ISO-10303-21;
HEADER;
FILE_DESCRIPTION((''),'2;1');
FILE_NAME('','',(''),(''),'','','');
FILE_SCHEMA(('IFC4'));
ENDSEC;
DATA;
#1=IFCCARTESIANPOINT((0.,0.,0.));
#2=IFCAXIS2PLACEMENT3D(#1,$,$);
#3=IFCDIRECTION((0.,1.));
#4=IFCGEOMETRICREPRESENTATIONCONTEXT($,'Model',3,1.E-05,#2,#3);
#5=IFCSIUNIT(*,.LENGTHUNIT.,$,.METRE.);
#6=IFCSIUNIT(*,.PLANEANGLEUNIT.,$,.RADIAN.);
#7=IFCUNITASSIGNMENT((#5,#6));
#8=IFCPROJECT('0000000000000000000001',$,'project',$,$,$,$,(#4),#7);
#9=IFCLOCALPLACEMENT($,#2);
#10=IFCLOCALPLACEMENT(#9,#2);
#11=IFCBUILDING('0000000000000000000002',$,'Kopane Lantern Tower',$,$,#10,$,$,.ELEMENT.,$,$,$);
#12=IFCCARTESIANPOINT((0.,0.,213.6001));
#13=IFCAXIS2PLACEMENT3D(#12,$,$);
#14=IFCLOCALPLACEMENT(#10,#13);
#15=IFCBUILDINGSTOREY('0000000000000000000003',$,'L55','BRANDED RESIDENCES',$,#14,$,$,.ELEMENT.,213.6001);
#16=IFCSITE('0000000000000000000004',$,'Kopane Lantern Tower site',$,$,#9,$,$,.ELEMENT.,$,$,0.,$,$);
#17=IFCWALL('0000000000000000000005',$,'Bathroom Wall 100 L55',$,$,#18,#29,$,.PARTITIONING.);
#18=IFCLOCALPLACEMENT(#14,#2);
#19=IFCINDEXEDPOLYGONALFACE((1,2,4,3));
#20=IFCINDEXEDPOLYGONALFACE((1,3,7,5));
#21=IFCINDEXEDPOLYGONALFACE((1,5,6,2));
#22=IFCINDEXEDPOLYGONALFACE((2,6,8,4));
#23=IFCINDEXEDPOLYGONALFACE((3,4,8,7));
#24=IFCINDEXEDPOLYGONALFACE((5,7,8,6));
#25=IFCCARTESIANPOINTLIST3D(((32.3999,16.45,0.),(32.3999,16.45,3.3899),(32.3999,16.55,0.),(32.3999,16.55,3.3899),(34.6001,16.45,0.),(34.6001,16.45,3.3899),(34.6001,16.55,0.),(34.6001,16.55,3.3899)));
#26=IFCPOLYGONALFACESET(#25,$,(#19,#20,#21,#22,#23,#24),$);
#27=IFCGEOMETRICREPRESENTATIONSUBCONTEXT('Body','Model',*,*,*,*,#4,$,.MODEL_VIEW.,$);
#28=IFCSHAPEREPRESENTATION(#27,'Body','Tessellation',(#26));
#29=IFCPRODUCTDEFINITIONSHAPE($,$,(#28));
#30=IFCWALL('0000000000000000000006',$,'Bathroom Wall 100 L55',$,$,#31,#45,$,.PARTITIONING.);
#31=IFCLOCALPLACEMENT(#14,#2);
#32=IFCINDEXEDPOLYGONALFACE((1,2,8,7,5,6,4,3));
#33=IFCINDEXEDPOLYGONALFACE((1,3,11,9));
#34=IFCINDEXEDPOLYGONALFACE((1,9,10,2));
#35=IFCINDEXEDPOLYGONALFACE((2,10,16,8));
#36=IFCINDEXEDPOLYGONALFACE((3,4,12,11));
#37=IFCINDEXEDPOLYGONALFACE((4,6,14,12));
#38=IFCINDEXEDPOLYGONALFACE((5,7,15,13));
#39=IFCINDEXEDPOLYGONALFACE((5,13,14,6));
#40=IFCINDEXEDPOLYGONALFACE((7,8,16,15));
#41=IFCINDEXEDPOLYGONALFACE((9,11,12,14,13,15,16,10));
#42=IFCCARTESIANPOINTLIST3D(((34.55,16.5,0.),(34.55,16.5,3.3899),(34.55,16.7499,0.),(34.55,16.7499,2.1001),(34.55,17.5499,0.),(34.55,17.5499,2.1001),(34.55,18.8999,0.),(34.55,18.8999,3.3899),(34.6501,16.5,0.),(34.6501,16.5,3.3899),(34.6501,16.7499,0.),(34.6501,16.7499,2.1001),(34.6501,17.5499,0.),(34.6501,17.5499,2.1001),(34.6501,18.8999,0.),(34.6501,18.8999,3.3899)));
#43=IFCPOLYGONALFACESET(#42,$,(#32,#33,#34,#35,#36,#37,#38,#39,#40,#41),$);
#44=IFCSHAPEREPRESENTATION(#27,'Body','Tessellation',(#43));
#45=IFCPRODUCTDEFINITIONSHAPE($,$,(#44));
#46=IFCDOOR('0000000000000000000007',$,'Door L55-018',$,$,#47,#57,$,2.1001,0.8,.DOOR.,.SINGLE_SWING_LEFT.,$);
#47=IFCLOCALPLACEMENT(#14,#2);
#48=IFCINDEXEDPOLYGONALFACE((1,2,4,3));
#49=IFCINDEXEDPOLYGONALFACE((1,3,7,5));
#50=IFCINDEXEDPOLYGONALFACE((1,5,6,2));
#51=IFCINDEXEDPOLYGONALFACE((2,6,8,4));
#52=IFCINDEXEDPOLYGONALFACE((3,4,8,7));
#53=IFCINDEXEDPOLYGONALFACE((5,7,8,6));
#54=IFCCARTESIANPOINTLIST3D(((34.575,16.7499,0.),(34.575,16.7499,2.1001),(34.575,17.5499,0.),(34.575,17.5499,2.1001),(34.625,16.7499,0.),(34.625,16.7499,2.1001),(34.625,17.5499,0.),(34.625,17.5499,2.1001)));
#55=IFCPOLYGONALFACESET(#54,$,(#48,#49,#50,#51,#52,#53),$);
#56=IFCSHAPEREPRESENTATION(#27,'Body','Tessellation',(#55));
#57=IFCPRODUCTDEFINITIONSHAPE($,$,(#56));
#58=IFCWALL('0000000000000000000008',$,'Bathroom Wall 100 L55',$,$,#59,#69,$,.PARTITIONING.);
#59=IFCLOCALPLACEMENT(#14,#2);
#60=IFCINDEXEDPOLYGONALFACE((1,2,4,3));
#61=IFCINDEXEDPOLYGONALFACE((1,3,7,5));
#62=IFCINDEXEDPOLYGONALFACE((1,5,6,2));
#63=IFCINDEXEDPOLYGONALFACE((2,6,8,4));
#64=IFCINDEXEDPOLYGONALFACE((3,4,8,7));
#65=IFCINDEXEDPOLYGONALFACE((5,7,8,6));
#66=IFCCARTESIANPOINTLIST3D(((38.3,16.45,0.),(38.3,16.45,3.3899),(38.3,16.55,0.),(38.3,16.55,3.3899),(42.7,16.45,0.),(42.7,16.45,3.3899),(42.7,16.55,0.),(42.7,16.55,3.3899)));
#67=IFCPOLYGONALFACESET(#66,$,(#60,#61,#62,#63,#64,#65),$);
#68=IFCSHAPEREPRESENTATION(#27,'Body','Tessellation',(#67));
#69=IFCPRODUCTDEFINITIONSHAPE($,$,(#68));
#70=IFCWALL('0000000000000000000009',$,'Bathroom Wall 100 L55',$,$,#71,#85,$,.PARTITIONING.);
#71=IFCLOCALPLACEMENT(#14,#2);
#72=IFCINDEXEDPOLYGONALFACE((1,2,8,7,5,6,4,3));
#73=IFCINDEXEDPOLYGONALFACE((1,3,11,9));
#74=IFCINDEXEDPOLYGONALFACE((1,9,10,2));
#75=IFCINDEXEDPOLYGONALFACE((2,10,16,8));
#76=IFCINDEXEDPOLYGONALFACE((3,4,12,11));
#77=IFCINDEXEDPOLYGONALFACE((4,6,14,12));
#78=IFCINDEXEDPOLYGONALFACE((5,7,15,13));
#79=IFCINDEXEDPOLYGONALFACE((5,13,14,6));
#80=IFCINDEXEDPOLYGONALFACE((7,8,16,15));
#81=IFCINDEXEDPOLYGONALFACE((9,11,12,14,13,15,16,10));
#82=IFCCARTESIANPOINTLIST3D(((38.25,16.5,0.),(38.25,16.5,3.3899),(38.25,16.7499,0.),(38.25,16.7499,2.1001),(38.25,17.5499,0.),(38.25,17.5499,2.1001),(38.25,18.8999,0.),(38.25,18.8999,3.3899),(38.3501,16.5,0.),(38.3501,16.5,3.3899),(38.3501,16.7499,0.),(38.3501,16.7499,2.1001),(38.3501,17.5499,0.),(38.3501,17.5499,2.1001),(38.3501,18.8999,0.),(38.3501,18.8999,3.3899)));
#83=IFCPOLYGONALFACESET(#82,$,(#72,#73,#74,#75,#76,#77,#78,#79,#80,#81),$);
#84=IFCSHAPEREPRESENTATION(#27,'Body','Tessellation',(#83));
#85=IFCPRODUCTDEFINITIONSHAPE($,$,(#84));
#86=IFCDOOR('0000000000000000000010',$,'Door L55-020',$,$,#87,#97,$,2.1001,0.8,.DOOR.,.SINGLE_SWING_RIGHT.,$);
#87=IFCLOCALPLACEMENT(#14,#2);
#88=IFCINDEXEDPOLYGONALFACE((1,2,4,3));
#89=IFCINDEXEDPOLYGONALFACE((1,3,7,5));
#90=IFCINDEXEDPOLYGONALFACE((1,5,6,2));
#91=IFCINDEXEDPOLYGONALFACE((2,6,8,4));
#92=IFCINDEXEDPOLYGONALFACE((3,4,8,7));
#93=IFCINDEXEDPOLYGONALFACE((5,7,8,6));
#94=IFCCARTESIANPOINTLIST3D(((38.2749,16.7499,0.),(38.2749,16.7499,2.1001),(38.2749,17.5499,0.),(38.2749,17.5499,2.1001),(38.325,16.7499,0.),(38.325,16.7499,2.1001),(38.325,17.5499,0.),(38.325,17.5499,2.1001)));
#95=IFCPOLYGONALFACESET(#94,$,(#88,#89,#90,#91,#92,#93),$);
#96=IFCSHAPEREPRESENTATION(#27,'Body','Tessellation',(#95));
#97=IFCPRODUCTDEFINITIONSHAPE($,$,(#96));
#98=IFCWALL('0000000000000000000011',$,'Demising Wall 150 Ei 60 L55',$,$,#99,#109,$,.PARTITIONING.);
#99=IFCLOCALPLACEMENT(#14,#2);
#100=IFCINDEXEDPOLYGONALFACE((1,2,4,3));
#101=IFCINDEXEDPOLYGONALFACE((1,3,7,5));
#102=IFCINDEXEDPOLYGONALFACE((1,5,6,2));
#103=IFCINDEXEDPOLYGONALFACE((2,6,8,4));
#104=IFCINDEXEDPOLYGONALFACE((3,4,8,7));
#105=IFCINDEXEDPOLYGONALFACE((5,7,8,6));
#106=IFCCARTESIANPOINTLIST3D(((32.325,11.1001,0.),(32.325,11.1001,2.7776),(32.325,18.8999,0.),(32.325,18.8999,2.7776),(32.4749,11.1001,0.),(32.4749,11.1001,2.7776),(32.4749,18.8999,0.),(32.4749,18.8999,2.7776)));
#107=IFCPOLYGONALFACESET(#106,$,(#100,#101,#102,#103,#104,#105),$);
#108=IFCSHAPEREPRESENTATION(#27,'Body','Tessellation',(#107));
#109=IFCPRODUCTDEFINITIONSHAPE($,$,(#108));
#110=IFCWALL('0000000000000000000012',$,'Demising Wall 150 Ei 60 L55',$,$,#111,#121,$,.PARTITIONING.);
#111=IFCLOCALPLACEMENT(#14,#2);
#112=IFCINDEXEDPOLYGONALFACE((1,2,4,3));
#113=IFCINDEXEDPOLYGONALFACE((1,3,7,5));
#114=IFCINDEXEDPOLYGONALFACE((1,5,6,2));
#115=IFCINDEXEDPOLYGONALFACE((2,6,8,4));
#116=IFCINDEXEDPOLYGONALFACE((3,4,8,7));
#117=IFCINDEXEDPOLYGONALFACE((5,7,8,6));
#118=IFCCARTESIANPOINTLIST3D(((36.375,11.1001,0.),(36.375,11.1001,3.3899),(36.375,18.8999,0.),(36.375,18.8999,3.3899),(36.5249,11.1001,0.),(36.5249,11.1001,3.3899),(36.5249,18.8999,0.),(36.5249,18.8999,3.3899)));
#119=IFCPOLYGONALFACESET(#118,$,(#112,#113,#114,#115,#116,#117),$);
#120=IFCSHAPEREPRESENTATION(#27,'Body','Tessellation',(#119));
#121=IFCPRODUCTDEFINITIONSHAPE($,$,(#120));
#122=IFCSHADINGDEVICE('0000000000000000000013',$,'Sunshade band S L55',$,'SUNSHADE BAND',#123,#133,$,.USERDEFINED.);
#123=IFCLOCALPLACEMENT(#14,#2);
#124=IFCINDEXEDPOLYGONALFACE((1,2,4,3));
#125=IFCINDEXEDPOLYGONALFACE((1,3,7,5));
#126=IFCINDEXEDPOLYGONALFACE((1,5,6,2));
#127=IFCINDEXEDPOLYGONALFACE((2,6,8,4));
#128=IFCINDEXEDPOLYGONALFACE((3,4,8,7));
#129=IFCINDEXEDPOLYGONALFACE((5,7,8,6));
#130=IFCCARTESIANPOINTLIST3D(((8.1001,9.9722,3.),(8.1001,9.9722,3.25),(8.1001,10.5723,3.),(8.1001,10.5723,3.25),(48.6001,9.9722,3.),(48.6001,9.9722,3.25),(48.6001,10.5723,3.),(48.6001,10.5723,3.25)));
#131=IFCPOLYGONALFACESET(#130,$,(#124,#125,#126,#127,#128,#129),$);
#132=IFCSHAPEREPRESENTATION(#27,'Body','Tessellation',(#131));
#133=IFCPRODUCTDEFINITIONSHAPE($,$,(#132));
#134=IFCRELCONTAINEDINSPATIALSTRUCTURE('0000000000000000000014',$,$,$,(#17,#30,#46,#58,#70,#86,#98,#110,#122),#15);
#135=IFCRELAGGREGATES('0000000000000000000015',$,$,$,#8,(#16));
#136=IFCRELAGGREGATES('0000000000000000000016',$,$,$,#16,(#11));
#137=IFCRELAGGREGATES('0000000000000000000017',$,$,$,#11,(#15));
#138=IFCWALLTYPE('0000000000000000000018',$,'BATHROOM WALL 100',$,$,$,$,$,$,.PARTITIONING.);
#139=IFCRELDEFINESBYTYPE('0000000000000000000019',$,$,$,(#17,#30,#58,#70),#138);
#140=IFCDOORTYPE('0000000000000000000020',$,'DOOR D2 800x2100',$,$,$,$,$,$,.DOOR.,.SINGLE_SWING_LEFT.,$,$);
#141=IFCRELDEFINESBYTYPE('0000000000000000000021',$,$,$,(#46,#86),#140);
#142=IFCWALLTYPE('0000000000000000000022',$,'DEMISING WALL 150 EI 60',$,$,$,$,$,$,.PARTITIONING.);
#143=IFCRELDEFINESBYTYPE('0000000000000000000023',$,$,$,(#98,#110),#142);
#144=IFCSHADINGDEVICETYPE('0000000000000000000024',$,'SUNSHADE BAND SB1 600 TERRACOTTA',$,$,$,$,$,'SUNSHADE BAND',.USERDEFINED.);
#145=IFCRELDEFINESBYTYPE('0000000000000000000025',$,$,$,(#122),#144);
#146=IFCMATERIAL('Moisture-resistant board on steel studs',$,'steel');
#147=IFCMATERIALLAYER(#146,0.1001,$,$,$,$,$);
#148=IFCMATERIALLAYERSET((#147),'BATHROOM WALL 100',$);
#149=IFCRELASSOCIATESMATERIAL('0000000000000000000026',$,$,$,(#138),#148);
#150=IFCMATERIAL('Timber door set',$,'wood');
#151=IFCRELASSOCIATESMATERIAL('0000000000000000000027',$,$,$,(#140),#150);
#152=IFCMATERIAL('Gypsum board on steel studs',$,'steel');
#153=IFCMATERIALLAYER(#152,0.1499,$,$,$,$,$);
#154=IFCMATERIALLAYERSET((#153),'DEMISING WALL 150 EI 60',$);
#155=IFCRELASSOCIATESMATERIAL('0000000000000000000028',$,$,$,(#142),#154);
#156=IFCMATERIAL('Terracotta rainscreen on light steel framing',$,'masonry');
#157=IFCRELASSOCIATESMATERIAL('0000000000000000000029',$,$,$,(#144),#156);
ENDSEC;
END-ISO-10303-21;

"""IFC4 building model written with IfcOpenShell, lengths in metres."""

from ifc_helpers import new_model, si_unit, direction, frame, frame_2d, origin, origin_2d, place, context, subcontext, project, spatial, rectangle, extrude, material, layer, layer_set, type_object, element, fill, save


model = new_model("IFC4")

# Units and contexts
model_context = context("Model", 3, precision=1e-05, world=origin(), true_north=direction((0.0, 1.0)))
body_context = subcontext(model_context, "Body", "Model", "MODEL_VIEW")
ifc_project = project(units=[si_unit("LENGTHUNIT", "METRE"), si_unit("PLANEANGLEUNIT", "RADIAN")], contexts=[model_context])

# Site, building, storey
site_placement = place(None, origin())
site = spatial("IfcSite", under=ifc_project, at=site_placement, Name="Kopane Lantern Tower site", CompositionType="ELEMENT", RefElevation=0.0)
building_placement = place(site_placement, origin())
building = spatial("IfcBuilding", under=site, at=building_placement, Name="Kopane Lantern Tower", CompositionType="ELEMENT")
storey_placement = place(building_placement, frame((0.0, 0.0, 213.6001)))
storey = spatial("IfcBuildingStorey", under=building, at=storey_placement, Name="L55", Description="BRANDED RESIDENCES", CompositionType="ELEMENT", Elevation=213.6001)

# Shared definitions
ifc_material_1 = material(Name="Moisture-resistant board on steel studs", Category="steel")
ifc_layer_1 = layer(ifc_material_1, 0.1001)
ifc_layer_set_1 = layer_set([ifc_layer_1], Name="BATHROOM WALL 100")
wall_type_1 = type_object("IfcWallType", Name="BATHROOM WALL 100", PredefinedType="PARTITIONING", material=ifc_layer_set_1)
ifc_material_2 = material(Name="Timber door set", Category="wood")
door_type_1 = type_object("IfcDoorType", Name="DOOR D2 800x2100", OperationType="SINGLE_SWING_LEFT", PredefinedType="DOOR", material=ifc_material_2)

# Wall
wall_1_placement = place(storey_placement, frame((32.3999, 16.5, 0.0), z_axis=(0.0, 0.0, 1.0), x_axis=(1.0, 0.0, 0.0)))
element("IfcWall", 1, at=wall_1_placement, inside=storey, type_object=wall_type_1, Name="Bathroom Wall 100 L55", PredefinedType="PARTITIONING", context=body_context, shape_type="SweptSolid", body=[
    extrude(rectangle(XDim=2.2002, YDim=0.1001, at=frame_2d((1.1001, 0.0))), origin(), (0.0, 0.0, 1.0), 3.3899),
])

# Wall, opening, door
wall_2_placement = place(storey_placement, frame((34.6001, 18.8999, 0.0), z_axis=(0.0, 0.0, 1.0), x_axis=(0.0, -1.0, 0.0)))
wall_2 = element("IfcWall", 2, at=wall_2_placement, inside=storey, type_object=wall_type_1, Name="Bathroom Wall 100 L55", PredefinedType="PARTITIONING", context=body_context, shape_type="SweptSolid", body=[
    extrude(rectangle(XDim=2.3999, YDim=0.1001, at=frame_2d((1.2, 0.0))), origin(), (0.0, 0.0, 1.0), 3.3899),
])
opening_1_placement = place(wall_2_placement, frame((1.3501, 0.0, 0.0)))
opening_1 = element("IfcOpeningElement", 3, at=opening_1_placement, cuts=wall_2, PredefinedType="OPENING", context=body_context, shape_type="SweptSolid", body=[
    extrude(rectangle(XDim=0.8, YDim=2.1001, at=frame_2d((0.3999, 1.05))), frame((0.0, 0.0601, 0.0), z_axis=(0.0, -1.0, 0.0), x_axis=(1.0, 0.0, 0.0)), (0.0, 0.0, 1.0), 0.1201),
])
door_1_placement = place(opening_1_placement, origin())
door_1 = element("IfcDoor", 4, at=door_1_placement, inside=storey, type_object=door_type_1, Name="Door L55-018", OperationType="SINGLE_SWING_LEFT", OverallHeight=2.1001, OverallWidth=0.8, PredefinedType="DOOR", context=body_context, shape_type="SweptSolid", body=[
    extrude(rectangle(XDim=0.8, YDim=2.1001, at=frame_2d((0.3999, 1.05))), frame((0.0, 0.0249, 0.0), z_axis=(0.0, -1.0, 0.0), x_axis=(1.0, 0.0, 0.0)), (0.0, 0.0, 1.0), 0.05),
])
fill(opening_1, door_1)

# Wall
wall_3_placement = place(storey_placement, frame((38.3, 16.5, 0.0), z_axis=(0.0, 0.0, 1.0), x_axis=(1.0, 0.0, 0.0)))
element("IfcWall", 5, at=wall_3_placement, inside=storey, type_object=wall_type_1, Name="Bathroom Wall 100 L55", PredefinedType="PARTITIONING", context=body_context, shape_type="SweptSolid", body=[
    extrude(rectangle(XDim=4.3999, YDim=0.1001, at=frame_2d((2.2, 0.0))), origin(), (0.0, 0.0, 1.0), 3.3899),
])

# Wall, opening, door
wall_4_placement = place(storey_placement, frame((38.3, 18.8999, 0.0), z_axis=(0.0, 0.0, 1.0), x_axis=(0.0, -1.0, 0.0)))
wall_4 = element("IfcWall", 6, at=wall_4_placement, inside=storey, type_object=wall_type_1, Name="Bathroom Wall 100 L55", PredefinedType="PARTITIONING", context=body_context, shape_type="SweptSolid", body=[
    extrude(rectangle(XDim=2.3999, YDim=0.1001, at=frame_2d((1.2, 0.0))), origin(), (0.0, 0.0, 1.0), 3.3899),
])
opening_2_placement = place(wall_4_placement, frame((1.3501, 0.0, 0.0)))
opening_2 = element("IfcOpeningElement", 7, at=opening_2_placement, cuts=wall_4, PredefinedType="OPENING", context=body_context, shape_type="SweptSolid", body=[
    extrude(rectangle(XDim=0.8, YDim=2.1001, at=frame_2d((0.3999, 1.05))), frame((0.0, 0.0601, 0.0), z_axis=(0.0, -1.0, 0.0), x_axis=(1.0, 0.0, 0.0)), (0.0, 0.0, 1.0), 0.1201),
])
door_2_placement = place(opening_2_placement, origin())
door_2 = element("IfcDoor", 8, at=door_2_placement, inside=storey, type_object=door_type_1, Name="Door L55-020", OperationType="SINGLE_SWING_RIGHT", OverallHeight=2.1001, OverallWidth=0.8, PredefinedType="DOOR", context=body_context, shape_type="SweptSolid", body=[
    extrude(rectangle(XDim=0.8, YDim=2.1001, at=frame_2d((0.3999, 1.05))), frame((0.0, 0.0249, 0.0), z_axis=(0.0, -1.0, 0.0), x_axis=(1.0, 0.0, 0.0)), (0.0, 0.0, 1.0), 0.05),
])
fill(opening_2, door_2)

# Walls
ifc_material_3 = material(Name="Gypsum board on steel studs", Category="steel")
ifc_layer_2 = layer(ifc_material_3, 0.1499)
ifc_layer_set_2 = layer_set([ifc_layer_2], Name="DEMISING WALL 150 EI 60")
wall_type_2 = type_object("IfcWallType", Name="DEMISING WALL 150 EI 60", PredefinedType="PARTITIONING", material=ifc_layer_set_2)
wall_5_placement = place(storey_placement, frame((32.3999, 18.8999, 0.0), z_axis=(0.0, 0.0, 1.0), x_axis=(0.0, -1.0, 0.0)))
element("IfcWall", 9, at=wall_5_placement, inside=storey, type_object=wall_type_2, Name="Demising Wall 150 Ei 60 L55", PredefinedType="PARTITIONING", context=body_context, shape_type="SweptSolid", body=[
    extrude(rectangle(XDim=7.7998, YDim=0.1499, at=frame_2d((3.8999, 0.0))), origin(), (0.0, 0.0, 1.0), 2.7776),
])
wall_6_placement = place(storey_placement, frame((36.45, 18.8999, 0.0), z_axis=(0.0, 0.0, 1.0), x_axis=(0.0, -1.0, 0.0)))
element("IfcWall", 10, at=wall_6_placement, inside=storey, type_object=wall_type_2, Name="Demising Wall 150 Ei 60 L55", PredefinedType="PARTITIONING", context=body_context, shape_type="SweptSolid", body=[
    extrude(rectangle(XDim=7.7998, YDim=0.1499, at=frame_2d((3.8999, 0.0))), origin(), (0.0, 0.0, 1.0), 3.3899),
])

# Shading device
ifc_material_4 = material(Name="Terracotta rainscreen on light steel framing", Category="masonry")
shading_device_type = type_object("IfcShadingDeviceType", Name="SUNSHADE BAND SB1 600 TERRACOTTA", ElementType="SUNSHADE BAND", PredefinedType="USERDEFINED", material=ifc_material_4)
shading_device_placement = place(storey_placement, frame((28.3501, 10.2722, 3.0), z_axis=(0.0, 0.0, 1.0), x_axis=(1.0, 0.0, 0.0)))
element("IfcShadingDevice", 11, at=shading_device_placement, inside=storey, type_object=shading_device_type, Name="Sunshade band S L55", ObjectType="SUNSHADE BAND", PredefinedType="USERDEFINED", context=body_context, shape_type="SweptSolid", body=[
    extrude(rectangle(XDim=40.5, YDim=0.6001, at=origin_2d()), origin(), (0.0, 0.0, 1.0), 0.25),
])

save(model, "model.ifc")
